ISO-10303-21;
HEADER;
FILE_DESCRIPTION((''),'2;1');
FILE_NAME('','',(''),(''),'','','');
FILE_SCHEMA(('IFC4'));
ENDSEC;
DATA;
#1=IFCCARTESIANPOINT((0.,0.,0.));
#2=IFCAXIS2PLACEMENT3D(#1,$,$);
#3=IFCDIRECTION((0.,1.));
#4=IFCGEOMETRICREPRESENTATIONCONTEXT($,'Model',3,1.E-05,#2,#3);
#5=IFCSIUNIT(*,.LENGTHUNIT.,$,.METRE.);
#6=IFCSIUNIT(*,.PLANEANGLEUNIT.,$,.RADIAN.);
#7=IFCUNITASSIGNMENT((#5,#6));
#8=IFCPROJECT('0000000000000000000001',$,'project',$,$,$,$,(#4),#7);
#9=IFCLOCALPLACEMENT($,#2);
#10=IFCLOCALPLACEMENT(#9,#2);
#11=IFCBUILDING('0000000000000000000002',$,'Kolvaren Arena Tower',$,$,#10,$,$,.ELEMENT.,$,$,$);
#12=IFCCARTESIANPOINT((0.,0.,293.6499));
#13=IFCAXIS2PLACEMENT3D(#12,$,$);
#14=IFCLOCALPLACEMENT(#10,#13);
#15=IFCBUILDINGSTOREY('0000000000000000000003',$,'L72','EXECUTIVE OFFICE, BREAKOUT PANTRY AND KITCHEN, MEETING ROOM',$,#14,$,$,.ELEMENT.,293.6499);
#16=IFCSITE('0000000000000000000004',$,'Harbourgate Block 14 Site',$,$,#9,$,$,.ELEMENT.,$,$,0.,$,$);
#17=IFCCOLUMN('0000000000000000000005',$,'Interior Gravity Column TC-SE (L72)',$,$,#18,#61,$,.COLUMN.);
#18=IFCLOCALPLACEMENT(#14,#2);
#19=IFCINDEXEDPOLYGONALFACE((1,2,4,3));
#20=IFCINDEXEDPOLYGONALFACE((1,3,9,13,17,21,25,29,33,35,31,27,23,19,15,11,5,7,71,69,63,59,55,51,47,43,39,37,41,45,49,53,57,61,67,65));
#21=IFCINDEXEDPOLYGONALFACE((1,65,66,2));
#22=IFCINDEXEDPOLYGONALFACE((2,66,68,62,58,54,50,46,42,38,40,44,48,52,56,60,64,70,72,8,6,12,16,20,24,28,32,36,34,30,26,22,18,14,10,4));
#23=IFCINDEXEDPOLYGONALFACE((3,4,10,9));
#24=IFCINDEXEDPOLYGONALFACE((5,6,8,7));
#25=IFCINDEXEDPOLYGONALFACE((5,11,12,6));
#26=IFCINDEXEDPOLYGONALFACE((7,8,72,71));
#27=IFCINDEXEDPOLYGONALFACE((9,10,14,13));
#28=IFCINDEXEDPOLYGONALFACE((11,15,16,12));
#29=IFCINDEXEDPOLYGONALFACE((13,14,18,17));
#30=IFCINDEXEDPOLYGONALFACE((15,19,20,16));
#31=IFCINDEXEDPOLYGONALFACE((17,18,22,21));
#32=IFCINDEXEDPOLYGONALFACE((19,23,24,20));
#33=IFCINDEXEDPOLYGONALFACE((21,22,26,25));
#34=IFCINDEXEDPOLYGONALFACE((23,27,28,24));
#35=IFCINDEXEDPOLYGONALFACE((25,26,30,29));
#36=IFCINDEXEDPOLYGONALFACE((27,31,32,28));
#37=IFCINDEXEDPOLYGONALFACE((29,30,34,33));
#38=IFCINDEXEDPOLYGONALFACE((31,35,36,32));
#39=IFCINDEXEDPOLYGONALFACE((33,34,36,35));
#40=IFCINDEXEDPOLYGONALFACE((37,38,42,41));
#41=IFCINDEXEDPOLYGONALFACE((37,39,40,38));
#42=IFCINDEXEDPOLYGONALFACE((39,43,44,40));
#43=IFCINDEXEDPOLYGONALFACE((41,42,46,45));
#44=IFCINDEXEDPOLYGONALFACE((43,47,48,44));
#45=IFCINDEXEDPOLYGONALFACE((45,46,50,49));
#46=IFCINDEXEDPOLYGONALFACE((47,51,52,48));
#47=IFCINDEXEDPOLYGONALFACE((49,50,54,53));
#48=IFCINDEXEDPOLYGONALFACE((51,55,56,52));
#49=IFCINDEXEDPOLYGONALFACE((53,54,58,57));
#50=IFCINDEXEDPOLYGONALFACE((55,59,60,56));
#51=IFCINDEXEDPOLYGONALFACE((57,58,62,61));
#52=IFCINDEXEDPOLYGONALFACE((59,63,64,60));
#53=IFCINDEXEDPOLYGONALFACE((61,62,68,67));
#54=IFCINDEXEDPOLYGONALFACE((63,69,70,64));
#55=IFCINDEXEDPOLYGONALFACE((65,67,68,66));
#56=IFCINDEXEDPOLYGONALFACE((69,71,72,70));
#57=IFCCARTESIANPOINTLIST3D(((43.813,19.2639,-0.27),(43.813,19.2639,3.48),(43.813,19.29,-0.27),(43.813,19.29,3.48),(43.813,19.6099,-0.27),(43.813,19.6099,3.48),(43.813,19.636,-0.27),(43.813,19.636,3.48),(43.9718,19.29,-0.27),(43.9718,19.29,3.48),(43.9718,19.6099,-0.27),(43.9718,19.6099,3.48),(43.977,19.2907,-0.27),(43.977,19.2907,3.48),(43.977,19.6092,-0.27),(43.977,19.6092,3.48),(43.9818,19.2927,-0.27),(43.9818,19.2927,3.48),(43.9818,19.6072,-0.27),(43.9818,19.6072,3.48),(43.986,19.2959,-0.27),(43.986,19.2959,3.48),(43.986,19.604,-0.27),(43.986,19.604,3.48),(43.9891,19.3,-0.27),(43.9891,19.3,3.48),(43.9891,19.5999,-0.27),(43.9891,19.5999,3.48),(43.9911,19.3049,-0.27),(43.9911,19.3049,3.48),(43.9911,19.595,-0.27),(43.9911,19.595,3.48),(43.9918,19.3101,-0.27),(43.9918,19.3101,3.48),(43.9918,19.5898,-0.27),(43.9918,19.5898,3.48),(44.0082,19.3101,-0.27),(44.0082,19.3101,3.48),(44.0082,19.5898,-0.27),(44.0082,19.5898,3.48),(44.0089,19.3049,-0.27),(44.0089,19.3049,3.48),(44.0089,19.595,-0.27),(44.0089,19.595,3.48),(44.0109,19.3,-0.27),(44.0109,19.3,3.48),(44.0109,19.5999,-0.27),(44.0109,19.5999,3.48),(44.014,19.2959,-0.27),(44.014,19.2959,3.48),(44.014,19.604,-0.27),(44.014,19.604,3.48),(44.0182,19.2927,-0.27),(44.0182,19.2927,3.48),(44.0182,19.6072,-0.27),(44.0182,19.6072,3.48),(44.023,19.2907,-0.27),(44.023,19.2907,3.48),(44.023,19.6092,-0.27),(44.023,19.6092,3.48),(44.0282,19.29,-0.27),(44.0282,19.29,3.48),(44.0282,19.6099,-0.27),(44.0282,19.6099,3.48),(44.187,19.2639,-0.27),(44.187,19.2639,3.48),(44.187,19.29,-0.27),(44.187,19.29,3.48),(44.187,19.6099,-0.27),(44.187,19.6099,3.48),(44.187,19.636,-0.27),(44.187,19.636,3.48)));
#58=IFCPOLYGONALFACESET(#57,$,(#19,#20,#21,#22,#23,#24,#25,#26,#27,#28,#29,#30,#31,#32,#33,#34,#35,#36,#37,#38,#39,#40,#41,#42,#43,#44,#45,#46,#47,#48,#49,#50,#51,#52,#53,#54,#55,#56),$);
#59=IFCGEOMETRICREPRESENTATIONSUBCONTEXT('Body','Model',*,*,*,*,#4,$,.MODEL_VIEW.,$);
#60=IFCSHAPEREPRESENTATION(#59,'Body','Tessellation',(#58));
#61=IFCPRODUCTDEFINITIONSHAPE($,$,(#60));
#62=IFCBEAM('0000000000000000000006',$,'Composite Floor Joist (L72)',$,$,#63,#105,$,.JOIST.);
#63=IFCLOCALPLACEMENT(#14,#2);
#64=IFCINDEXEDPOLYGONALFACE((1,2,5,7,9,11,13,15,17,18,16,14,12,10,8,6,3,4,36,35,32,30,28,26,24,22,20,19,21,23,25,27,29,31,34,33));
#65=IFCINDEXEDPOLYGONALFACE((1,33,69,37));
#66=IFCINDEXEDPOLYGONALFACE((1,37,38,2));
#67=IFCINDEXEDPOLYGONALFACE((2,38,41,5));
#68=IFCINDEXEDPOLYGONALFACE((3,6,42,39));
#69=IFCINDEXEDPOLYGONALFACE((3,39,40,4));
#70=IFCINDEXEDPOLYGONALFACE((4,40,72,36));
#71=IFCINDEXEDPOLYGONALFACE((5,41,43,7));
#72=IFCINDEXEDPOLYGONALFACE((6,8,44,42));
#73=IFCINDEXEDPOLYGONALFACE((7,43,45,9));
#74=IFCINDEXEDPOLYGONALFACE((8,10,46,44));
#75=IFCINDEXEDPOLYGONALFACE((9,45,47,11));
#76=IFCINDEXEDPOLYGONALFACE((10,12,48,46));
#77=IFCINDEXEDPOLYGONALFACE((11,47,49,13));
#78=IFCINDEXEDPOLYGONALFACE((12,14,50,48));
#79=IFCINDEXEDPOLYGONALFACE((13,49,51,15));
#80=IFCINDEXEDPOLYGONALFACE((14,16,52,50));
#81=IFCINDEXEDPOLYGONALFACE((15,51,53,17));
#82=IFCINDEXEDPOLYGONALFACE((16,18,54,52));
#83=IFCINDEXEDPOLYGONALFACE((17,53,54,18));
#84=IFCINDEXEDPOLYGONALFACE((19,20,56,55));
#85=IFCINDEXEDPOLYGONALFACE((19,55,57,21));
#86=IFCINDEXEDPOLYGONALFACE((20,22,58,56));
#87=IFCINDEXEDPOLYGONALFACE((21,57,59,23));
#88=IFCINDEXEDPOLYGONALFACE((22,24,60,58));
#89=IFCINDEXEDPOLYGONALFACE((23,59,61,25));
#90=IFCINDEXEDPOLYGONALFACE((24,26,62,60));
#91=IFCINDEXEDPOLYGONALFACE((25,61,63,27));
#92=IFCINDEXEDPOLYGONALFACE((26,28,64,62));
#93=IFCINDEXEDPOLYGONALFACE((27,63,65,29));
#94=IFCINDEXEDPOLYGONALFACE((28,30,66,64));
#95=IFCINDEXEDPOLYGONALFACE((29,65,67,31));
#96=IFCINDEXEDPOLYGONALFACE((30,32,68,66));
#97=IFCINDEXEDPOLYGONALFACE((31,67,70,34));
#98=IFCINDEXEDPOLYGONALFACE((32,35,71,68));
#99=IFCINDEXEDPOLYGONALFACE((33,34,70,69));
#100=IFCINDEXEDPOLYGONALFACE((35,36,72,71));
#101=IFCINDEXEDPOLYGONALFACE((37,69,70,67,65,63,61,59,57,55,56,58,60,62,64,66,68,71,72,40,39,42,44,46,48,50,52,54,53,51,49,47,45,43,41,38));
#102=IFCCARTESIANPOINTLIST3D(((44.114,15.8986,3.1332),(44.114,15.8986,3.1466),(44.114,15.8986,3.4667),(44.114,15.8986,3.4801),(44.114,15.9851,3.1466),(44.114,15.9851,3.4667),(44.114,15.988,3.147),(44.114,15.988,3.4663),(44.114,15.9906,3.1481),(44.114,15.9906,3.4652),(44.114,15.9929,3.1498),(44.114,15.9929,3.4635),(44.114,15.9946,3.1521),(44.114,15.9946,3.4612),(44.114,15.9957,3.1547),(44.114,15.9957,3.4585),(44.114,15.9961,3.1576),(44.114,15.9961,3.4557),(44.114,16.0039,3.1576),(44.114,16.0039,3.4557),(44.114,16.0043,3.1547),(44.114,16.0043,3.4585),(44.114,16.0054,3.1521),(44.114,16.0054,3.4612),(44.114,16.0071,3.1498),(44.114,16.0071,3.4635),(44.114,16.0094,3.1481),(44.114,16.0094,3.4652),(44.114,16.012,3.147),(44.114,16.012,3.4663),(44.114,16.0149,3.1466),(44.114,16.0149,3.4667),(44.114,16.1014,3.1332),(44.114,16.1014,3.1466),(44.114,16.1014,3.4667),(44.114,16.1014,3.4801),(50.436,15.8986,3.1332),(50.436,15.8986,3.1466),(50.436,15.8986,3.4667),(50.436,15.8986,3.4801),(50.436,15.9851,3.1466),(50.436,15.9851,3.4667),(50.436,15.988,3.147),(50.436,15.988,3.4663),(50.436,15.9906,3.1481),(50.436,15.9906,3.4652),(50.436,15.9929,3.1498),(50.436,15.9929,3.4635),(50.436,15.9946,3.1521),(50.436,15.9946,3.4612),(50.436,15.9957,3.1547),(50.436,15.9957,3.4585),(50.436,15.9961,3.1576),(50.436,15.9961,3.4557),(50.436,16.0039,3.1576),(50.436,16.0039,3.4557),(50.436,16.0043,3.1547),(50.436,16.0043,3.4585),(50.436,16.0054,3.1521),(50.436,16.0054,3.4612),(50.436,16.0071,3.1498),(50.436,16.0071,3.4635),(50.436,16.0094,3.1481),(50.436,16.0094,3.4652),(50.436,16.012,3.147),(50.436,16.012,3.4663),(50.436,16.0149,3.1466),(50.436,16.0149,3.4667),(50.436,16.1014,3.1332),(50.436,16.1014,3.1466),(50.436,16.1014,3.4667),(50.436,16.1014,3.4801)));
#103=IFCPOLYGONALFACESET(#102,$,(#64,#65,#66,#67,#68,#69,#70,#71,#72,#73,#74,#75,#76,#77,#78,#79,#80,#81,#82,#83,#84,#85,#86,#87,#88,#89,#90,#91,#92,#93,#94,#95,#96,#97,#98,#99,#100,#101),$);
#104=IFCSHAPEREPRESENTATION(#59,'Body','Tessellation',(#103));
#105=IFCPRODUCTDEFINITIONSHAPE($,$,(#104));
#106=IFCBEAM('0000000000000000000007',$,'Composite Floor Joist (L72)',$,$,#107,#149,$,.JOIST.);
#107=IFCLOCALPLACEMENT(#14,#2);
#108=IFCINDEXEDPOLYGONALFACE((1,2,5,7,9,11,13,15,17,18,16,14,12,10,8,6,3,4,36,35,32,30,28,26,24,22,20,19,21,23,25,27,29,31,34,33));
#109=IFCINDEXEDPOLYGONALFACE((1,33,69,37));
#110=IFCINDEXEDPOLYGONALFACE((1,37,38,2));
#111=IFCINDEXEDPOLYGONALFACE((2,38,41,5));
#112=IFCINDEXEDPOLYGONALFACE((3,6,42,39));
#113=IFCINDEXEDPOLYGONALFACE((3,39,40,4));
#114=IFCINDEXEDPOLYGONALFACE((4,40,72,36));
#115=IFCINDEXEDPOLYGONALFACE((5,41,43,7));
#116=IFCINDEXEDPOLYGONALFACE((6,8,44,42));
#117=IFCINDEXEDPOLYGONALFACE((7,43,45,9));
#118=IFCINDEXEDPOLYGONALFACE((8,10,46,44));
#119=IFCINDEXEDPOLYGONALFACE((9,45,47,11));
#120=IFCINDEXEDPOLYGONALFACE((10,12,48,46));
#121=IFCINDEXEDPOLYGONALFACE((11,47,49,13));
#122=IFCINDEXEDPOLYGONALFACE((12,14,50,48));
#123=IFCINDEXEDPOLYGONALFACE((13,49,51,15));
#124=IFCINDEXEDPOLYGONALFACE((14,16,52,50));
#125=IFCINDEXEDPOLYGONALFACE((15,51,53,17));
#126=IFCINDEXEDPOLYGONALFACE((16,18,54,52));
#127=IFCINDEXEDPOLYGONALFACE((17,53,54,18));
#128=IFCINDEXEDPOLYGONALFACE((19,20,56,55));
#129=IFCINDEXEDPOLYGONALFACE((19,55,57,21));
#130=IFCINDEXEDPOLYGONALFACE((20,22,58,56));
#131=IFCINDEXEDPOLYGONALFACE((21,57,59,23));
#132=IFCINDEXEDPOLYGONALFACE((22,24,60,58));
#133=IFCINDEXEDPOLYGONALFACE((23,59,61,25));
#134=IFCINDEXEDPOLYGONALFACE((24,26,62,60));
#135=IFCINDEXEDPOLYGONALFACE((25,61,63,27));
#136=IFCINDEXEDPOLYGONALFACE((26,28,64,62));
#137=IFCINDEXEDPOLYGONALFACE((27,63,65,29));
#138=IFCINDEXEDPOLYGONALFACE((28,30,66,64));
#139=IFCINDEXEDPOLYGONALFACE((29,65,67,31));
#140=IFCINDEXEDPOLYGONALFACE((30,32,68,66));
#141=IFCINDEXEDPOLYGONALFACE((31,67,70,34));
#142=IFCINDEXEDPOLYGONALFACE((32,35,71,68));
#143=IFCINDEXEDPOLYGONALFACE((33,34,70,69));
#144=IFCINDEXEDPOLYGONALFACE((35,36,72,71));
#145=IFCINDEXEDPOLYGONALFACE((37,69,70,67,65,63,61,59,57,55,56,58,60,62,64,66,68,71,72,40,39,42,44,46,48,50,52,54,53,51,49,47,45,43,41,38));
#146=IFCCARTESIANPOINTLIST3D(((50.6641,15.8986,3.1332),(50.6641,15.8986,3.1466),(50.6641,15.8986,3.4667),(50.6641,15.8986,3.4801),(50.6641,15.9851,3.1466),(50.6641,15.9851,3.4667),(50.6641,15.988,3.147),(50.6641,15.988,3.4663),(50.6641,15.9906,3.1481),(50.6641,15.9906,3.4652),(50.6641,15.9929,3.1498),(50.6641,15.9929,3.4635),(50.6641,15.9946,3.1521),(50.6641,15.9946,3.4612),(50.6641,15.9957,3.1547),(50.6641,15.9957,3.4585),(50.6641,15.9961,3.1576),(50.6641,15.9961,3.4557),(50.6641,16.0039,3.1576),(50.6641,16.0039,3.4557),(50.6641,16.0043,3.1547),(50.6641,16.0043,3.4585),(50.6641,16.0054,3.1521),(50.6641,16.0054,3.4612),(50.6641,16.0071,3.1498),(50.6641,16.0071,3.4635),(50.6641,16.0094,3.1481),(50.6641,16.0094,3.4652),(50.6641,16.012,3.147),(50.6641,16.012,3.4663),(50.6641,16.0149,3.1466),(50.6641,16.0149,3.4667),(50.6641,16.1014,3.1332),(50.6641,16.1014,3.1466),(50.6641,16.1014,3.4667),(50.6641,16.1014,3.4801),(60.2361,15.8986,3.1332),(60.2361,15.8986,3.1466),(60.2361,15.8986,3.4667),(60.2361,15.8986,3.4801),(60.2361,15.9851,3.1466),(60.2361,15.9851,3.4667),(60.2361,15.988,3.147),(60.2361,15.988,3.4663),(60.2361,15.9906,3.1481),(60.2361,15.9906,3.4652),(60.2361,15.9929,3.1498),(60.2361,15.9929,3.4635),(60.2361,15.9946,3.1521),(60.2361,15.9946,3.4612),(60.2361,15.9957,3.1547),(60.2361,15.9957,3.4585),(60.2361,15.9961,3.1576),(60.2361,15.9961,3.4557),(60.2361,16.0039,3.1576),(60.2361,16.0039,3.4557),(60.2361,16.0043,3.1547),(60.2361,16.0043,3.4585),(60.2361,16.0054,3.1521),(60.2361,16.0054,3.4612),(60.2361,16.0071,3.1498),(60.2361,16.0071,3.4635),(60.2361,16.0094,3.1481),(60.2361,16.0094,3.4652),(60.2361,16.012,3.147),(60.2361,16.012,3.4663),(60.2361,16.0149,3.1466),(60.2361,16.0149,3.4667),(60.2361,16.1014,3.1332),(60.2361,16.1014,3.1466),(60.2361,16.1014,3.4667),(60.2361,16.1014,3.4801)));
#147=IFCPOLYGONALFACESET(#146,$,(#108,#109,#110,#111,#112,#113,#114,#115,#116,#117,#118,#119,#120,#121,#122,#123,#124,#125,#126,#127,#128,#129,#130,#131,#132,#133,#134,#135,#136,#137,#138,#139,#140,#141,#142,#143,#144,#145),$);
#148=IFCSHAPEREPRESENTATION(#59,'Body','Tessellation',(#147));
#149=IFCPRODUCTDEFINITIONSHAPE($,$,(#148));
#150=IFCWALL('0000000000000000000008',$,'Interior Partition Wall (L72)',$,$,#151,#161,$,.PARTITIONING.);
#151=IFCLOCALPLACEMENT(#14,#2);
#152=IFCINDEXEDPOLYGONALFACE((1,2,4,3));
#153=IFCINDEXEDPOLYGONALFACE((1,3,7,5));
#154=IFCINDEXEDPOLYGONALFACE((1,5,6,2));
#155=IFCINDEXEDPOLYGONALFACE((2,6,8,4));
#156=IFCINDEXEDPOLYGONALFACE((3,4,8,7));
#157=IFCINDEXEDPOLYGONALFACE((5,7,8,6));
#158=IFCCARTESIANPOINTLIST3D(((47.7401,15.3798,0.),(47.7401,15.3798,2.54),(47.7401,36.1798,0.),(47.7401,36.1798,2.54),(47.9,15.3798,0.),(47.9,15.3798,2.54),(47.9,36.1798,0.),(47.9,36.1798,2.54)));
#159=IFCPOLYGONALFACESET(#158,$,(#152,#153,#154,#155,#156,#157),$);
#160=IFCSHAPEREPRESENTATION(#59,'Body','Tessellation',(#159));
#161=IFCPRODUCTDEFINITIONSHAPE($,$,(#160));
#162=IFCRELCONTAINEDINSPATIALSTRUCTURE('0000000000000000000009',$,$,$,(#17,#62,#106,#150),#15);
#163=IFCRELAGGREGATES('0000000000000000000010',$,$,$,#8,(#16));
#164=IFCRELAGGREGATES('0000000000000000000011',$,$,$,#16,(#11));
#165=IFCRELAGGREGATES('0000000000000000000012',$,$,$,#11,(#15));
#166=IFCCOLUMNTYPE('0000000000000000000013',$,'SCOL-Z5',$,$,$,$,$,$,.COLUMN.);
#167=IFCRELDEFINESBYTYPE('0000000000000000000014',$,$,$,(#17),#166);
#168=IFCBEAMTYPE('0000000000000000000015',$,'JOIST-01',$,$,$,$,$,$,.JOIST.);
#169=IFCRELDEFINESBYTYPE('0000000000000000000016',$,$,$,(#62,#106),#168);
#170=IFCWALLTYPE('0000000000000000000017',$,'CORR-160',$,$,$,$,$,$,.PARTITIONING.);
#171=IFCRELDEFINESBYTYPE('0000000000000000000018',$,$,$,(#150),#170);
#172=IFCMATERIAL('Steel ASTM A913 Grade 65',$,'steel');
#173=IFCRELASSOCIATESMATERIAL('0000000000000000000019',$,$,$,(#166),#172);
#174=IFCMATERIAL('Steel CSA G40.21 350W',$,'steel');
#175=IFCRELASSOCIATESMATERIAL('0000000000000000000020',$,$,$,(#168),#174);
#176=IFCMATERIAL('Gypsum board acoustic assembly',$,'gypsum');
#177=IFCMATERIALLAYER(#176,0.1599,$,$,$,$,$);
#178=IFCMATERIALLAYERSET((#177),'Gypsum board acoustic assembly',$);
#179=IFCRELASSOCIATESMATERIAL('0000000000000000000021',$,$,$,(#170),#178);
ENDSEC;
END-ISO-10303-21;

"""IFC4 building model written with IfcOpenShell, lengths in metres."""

from ifc_helpers import new_model, si_unit, direction, frame, frame_2d, origin, origin_2d, place, context, subcontext, project, spatial, rectangle, i_section, extrude, material, layer, layer_set, material_profile, profile_set, type_object, element, save


model = new_model("IFC4")

# Units and contexts
model_context = context("Model", 3, precision=1e-05, world=origin(), true_north=direction((0.0, 1.0)))
body_context = subcontext(model_context, "Body", "Model", "MODEL_VIEW")
ifc_project = project(units=[si_unit("LENGTHUNIT", "METRE"), si_unit("PLANEANGLEUNIT", "RADIAN")], contexts=[model_context])

# Site, building, storey
site_placement = place(None, origin())
site = spatial("IfcSite", under=ifc_project, at=site_placement, Name="Harbourgate Block 14 Site", CompositionType="ELEMENT", RefElevation=0.0)
building_placement = place(site_placement, origin())
building = spatial("IfcBuilding", under=site, at=building_placement, Name="Kolvaren Arena Tower", CompositionType="ELEMENT")
storey_placement = place(building_placement, frame((0.0, 0.0, 293.6499)))
storey = spatial("IfcBuildingStorey", under=building, at=storey_placement, Name="L72", Description="EXECUTIVE OFFICE, BREAKOUT PANTRY AND KITCHEN, MEETING ROOM", CompositionType="ELEMENT", Elevation=293.6499)

# Column
ifc_material_1 = material(Name="Steel ASTM A913 Grade 65", Category="steel")
ifc_material_profile_1 = material_profile(ifc_material_1, i_section(OverallWidth=0.374, OverallDepth=0.3721, WebThickness=0.0164, FlangeThickness=0.0261, FilletRadius=0.02, at=origin_2d()), Name="W360x196")
ifc_profile_set_1 = profile_set([ifc_material_profile_1], Name="Steel ASTM A913 Grade 65")
column_type = type_object("IfcColumnType", Name="SCOL-Z5", PredefinedType="COLUMN", material=ifc_profile_set_1)
column_placement = place(storey_placement, frame((44.0, 19.45, -0.27), z_axis=(0.0, 0.0, 1.0), x_axis=(1.0, 0.0, 0.0)))
element("IfcColumn", 1, at=column_placement, inside=storey, type_object=column_type, Name="Interior Gravity Column TC-SE (L72)", PredefinedType="COLUMN", context=body_context, shape_type="SweptSolid", body=[
    extrude(i_section(OverallWidth=0.374, OverallDepth=0.3721, WebThickness=0.0164, FlangeThickness=0.0261, FilletRadius=0.02, at=origin_2d()), origin(), (0.0, 0.0, 1.0), 3.75),
])

# Beams
ifc_material_2 = material(Name="Steel CSA G40.21 350W", Category="steel")
ifc_material_profile_2 = material_profile(ifc_material_2, i_section(OverallWidth=0.2029, OverallDepth=0.3469, WebThickness=0.0078, FlangeThickness=0.0134, FilletRadius=0.011, at=origin_2d()), Name="W360x64")
ifc_profile_set_2 = profile_set([ifc_material_profile_2], Name="Steel CSA G40.21 350W")
beam_type = type_object("IfcBeamType", Name="JOIST-01", PredefinedType="JOIST", material=ifc_profile_set_2)
beam_1_placement = place(storey_placement, frame((44.114, 16.0, 3.3066), z_axis=(1.0, 0.0, 0.0), x_axis=(0.0, 1.0, 0.0)))
element("IfcBeam", 2, at=beam_1_placement, inside=storey, type_object=beam_type, Name="Composite Floor Joist (L72)", PredefinedType="JOIST", context=body_context, shape_type="SweptSolid", body=[
    extrude(i_section(OverallWidth=0.2029, OverallDepth=0.3469, WebThickness=0.0078, FlangeThickness=0.0134, FilletRadius=0.011, at=origin_2d()), origin(), (0.0, 0.0, 1.0), 6.322),
])
beam_2_placement = place(storey_placement, frame((50.6641, 16.0, 3.3066), z_axis=(1.0, 0.0, 0.0), x_axis=(0.0, 1.0, 0.0)))
element("IfcBeam", 3, at=beam_2_placement, inside=storey, type_object=beam_type, Name="Composite Floor Joist (L72)", PredefinedType="JOIST", context=body_context, shape_type="SweptSolid", body=[
    extrude(i_section(OverallWidth=0.2029, OverallDepth=0.3469, WebThickness=0.0078, FlangeThickness=0.0134, FilletRadius=0.011, at=origin_2d()), origin(), (0.0, 0.0, 1.0), 9.572),
])

# Wall
ifc_material_3 = material(Name="Gypsum board acoustic assembly", Category="gypsum")
ifc_layer_1 = layer(ifc_material_3, 0.1599)
ifc_layer_set_1 = layer_set([ifc_layer_1], Name="Gypsum board acoustic assembly")
wall_type_1 = type_object("IfcWallType", Name="CORR-160", PredefinedType="PARTITIONING", material=ifc_layer_set_1)
wall_1_placement = place(storey_placement, frame((47.8201, 15.3799, 0.0), z_axis=(0.0, 0.0, 1.0), x_axis=(0.0, 1.0, 0.0)))
element("IfcWall", 4, at=wall_1_placement, inside=storey, type_object=wall_type_1, Name="Interior Partition Wall (L72)", PredefinedType="PARTITIONING", context=body_context, shape_type="SweptSolid", body=[
    extrude(rectangle(XDim=20.8, YDim=0.1599, at=frame_2d((10.3999, 0.0))), origin(), (0.0, 0.0, 1.0), 2.54),
])

save(model, "model.ifc")
